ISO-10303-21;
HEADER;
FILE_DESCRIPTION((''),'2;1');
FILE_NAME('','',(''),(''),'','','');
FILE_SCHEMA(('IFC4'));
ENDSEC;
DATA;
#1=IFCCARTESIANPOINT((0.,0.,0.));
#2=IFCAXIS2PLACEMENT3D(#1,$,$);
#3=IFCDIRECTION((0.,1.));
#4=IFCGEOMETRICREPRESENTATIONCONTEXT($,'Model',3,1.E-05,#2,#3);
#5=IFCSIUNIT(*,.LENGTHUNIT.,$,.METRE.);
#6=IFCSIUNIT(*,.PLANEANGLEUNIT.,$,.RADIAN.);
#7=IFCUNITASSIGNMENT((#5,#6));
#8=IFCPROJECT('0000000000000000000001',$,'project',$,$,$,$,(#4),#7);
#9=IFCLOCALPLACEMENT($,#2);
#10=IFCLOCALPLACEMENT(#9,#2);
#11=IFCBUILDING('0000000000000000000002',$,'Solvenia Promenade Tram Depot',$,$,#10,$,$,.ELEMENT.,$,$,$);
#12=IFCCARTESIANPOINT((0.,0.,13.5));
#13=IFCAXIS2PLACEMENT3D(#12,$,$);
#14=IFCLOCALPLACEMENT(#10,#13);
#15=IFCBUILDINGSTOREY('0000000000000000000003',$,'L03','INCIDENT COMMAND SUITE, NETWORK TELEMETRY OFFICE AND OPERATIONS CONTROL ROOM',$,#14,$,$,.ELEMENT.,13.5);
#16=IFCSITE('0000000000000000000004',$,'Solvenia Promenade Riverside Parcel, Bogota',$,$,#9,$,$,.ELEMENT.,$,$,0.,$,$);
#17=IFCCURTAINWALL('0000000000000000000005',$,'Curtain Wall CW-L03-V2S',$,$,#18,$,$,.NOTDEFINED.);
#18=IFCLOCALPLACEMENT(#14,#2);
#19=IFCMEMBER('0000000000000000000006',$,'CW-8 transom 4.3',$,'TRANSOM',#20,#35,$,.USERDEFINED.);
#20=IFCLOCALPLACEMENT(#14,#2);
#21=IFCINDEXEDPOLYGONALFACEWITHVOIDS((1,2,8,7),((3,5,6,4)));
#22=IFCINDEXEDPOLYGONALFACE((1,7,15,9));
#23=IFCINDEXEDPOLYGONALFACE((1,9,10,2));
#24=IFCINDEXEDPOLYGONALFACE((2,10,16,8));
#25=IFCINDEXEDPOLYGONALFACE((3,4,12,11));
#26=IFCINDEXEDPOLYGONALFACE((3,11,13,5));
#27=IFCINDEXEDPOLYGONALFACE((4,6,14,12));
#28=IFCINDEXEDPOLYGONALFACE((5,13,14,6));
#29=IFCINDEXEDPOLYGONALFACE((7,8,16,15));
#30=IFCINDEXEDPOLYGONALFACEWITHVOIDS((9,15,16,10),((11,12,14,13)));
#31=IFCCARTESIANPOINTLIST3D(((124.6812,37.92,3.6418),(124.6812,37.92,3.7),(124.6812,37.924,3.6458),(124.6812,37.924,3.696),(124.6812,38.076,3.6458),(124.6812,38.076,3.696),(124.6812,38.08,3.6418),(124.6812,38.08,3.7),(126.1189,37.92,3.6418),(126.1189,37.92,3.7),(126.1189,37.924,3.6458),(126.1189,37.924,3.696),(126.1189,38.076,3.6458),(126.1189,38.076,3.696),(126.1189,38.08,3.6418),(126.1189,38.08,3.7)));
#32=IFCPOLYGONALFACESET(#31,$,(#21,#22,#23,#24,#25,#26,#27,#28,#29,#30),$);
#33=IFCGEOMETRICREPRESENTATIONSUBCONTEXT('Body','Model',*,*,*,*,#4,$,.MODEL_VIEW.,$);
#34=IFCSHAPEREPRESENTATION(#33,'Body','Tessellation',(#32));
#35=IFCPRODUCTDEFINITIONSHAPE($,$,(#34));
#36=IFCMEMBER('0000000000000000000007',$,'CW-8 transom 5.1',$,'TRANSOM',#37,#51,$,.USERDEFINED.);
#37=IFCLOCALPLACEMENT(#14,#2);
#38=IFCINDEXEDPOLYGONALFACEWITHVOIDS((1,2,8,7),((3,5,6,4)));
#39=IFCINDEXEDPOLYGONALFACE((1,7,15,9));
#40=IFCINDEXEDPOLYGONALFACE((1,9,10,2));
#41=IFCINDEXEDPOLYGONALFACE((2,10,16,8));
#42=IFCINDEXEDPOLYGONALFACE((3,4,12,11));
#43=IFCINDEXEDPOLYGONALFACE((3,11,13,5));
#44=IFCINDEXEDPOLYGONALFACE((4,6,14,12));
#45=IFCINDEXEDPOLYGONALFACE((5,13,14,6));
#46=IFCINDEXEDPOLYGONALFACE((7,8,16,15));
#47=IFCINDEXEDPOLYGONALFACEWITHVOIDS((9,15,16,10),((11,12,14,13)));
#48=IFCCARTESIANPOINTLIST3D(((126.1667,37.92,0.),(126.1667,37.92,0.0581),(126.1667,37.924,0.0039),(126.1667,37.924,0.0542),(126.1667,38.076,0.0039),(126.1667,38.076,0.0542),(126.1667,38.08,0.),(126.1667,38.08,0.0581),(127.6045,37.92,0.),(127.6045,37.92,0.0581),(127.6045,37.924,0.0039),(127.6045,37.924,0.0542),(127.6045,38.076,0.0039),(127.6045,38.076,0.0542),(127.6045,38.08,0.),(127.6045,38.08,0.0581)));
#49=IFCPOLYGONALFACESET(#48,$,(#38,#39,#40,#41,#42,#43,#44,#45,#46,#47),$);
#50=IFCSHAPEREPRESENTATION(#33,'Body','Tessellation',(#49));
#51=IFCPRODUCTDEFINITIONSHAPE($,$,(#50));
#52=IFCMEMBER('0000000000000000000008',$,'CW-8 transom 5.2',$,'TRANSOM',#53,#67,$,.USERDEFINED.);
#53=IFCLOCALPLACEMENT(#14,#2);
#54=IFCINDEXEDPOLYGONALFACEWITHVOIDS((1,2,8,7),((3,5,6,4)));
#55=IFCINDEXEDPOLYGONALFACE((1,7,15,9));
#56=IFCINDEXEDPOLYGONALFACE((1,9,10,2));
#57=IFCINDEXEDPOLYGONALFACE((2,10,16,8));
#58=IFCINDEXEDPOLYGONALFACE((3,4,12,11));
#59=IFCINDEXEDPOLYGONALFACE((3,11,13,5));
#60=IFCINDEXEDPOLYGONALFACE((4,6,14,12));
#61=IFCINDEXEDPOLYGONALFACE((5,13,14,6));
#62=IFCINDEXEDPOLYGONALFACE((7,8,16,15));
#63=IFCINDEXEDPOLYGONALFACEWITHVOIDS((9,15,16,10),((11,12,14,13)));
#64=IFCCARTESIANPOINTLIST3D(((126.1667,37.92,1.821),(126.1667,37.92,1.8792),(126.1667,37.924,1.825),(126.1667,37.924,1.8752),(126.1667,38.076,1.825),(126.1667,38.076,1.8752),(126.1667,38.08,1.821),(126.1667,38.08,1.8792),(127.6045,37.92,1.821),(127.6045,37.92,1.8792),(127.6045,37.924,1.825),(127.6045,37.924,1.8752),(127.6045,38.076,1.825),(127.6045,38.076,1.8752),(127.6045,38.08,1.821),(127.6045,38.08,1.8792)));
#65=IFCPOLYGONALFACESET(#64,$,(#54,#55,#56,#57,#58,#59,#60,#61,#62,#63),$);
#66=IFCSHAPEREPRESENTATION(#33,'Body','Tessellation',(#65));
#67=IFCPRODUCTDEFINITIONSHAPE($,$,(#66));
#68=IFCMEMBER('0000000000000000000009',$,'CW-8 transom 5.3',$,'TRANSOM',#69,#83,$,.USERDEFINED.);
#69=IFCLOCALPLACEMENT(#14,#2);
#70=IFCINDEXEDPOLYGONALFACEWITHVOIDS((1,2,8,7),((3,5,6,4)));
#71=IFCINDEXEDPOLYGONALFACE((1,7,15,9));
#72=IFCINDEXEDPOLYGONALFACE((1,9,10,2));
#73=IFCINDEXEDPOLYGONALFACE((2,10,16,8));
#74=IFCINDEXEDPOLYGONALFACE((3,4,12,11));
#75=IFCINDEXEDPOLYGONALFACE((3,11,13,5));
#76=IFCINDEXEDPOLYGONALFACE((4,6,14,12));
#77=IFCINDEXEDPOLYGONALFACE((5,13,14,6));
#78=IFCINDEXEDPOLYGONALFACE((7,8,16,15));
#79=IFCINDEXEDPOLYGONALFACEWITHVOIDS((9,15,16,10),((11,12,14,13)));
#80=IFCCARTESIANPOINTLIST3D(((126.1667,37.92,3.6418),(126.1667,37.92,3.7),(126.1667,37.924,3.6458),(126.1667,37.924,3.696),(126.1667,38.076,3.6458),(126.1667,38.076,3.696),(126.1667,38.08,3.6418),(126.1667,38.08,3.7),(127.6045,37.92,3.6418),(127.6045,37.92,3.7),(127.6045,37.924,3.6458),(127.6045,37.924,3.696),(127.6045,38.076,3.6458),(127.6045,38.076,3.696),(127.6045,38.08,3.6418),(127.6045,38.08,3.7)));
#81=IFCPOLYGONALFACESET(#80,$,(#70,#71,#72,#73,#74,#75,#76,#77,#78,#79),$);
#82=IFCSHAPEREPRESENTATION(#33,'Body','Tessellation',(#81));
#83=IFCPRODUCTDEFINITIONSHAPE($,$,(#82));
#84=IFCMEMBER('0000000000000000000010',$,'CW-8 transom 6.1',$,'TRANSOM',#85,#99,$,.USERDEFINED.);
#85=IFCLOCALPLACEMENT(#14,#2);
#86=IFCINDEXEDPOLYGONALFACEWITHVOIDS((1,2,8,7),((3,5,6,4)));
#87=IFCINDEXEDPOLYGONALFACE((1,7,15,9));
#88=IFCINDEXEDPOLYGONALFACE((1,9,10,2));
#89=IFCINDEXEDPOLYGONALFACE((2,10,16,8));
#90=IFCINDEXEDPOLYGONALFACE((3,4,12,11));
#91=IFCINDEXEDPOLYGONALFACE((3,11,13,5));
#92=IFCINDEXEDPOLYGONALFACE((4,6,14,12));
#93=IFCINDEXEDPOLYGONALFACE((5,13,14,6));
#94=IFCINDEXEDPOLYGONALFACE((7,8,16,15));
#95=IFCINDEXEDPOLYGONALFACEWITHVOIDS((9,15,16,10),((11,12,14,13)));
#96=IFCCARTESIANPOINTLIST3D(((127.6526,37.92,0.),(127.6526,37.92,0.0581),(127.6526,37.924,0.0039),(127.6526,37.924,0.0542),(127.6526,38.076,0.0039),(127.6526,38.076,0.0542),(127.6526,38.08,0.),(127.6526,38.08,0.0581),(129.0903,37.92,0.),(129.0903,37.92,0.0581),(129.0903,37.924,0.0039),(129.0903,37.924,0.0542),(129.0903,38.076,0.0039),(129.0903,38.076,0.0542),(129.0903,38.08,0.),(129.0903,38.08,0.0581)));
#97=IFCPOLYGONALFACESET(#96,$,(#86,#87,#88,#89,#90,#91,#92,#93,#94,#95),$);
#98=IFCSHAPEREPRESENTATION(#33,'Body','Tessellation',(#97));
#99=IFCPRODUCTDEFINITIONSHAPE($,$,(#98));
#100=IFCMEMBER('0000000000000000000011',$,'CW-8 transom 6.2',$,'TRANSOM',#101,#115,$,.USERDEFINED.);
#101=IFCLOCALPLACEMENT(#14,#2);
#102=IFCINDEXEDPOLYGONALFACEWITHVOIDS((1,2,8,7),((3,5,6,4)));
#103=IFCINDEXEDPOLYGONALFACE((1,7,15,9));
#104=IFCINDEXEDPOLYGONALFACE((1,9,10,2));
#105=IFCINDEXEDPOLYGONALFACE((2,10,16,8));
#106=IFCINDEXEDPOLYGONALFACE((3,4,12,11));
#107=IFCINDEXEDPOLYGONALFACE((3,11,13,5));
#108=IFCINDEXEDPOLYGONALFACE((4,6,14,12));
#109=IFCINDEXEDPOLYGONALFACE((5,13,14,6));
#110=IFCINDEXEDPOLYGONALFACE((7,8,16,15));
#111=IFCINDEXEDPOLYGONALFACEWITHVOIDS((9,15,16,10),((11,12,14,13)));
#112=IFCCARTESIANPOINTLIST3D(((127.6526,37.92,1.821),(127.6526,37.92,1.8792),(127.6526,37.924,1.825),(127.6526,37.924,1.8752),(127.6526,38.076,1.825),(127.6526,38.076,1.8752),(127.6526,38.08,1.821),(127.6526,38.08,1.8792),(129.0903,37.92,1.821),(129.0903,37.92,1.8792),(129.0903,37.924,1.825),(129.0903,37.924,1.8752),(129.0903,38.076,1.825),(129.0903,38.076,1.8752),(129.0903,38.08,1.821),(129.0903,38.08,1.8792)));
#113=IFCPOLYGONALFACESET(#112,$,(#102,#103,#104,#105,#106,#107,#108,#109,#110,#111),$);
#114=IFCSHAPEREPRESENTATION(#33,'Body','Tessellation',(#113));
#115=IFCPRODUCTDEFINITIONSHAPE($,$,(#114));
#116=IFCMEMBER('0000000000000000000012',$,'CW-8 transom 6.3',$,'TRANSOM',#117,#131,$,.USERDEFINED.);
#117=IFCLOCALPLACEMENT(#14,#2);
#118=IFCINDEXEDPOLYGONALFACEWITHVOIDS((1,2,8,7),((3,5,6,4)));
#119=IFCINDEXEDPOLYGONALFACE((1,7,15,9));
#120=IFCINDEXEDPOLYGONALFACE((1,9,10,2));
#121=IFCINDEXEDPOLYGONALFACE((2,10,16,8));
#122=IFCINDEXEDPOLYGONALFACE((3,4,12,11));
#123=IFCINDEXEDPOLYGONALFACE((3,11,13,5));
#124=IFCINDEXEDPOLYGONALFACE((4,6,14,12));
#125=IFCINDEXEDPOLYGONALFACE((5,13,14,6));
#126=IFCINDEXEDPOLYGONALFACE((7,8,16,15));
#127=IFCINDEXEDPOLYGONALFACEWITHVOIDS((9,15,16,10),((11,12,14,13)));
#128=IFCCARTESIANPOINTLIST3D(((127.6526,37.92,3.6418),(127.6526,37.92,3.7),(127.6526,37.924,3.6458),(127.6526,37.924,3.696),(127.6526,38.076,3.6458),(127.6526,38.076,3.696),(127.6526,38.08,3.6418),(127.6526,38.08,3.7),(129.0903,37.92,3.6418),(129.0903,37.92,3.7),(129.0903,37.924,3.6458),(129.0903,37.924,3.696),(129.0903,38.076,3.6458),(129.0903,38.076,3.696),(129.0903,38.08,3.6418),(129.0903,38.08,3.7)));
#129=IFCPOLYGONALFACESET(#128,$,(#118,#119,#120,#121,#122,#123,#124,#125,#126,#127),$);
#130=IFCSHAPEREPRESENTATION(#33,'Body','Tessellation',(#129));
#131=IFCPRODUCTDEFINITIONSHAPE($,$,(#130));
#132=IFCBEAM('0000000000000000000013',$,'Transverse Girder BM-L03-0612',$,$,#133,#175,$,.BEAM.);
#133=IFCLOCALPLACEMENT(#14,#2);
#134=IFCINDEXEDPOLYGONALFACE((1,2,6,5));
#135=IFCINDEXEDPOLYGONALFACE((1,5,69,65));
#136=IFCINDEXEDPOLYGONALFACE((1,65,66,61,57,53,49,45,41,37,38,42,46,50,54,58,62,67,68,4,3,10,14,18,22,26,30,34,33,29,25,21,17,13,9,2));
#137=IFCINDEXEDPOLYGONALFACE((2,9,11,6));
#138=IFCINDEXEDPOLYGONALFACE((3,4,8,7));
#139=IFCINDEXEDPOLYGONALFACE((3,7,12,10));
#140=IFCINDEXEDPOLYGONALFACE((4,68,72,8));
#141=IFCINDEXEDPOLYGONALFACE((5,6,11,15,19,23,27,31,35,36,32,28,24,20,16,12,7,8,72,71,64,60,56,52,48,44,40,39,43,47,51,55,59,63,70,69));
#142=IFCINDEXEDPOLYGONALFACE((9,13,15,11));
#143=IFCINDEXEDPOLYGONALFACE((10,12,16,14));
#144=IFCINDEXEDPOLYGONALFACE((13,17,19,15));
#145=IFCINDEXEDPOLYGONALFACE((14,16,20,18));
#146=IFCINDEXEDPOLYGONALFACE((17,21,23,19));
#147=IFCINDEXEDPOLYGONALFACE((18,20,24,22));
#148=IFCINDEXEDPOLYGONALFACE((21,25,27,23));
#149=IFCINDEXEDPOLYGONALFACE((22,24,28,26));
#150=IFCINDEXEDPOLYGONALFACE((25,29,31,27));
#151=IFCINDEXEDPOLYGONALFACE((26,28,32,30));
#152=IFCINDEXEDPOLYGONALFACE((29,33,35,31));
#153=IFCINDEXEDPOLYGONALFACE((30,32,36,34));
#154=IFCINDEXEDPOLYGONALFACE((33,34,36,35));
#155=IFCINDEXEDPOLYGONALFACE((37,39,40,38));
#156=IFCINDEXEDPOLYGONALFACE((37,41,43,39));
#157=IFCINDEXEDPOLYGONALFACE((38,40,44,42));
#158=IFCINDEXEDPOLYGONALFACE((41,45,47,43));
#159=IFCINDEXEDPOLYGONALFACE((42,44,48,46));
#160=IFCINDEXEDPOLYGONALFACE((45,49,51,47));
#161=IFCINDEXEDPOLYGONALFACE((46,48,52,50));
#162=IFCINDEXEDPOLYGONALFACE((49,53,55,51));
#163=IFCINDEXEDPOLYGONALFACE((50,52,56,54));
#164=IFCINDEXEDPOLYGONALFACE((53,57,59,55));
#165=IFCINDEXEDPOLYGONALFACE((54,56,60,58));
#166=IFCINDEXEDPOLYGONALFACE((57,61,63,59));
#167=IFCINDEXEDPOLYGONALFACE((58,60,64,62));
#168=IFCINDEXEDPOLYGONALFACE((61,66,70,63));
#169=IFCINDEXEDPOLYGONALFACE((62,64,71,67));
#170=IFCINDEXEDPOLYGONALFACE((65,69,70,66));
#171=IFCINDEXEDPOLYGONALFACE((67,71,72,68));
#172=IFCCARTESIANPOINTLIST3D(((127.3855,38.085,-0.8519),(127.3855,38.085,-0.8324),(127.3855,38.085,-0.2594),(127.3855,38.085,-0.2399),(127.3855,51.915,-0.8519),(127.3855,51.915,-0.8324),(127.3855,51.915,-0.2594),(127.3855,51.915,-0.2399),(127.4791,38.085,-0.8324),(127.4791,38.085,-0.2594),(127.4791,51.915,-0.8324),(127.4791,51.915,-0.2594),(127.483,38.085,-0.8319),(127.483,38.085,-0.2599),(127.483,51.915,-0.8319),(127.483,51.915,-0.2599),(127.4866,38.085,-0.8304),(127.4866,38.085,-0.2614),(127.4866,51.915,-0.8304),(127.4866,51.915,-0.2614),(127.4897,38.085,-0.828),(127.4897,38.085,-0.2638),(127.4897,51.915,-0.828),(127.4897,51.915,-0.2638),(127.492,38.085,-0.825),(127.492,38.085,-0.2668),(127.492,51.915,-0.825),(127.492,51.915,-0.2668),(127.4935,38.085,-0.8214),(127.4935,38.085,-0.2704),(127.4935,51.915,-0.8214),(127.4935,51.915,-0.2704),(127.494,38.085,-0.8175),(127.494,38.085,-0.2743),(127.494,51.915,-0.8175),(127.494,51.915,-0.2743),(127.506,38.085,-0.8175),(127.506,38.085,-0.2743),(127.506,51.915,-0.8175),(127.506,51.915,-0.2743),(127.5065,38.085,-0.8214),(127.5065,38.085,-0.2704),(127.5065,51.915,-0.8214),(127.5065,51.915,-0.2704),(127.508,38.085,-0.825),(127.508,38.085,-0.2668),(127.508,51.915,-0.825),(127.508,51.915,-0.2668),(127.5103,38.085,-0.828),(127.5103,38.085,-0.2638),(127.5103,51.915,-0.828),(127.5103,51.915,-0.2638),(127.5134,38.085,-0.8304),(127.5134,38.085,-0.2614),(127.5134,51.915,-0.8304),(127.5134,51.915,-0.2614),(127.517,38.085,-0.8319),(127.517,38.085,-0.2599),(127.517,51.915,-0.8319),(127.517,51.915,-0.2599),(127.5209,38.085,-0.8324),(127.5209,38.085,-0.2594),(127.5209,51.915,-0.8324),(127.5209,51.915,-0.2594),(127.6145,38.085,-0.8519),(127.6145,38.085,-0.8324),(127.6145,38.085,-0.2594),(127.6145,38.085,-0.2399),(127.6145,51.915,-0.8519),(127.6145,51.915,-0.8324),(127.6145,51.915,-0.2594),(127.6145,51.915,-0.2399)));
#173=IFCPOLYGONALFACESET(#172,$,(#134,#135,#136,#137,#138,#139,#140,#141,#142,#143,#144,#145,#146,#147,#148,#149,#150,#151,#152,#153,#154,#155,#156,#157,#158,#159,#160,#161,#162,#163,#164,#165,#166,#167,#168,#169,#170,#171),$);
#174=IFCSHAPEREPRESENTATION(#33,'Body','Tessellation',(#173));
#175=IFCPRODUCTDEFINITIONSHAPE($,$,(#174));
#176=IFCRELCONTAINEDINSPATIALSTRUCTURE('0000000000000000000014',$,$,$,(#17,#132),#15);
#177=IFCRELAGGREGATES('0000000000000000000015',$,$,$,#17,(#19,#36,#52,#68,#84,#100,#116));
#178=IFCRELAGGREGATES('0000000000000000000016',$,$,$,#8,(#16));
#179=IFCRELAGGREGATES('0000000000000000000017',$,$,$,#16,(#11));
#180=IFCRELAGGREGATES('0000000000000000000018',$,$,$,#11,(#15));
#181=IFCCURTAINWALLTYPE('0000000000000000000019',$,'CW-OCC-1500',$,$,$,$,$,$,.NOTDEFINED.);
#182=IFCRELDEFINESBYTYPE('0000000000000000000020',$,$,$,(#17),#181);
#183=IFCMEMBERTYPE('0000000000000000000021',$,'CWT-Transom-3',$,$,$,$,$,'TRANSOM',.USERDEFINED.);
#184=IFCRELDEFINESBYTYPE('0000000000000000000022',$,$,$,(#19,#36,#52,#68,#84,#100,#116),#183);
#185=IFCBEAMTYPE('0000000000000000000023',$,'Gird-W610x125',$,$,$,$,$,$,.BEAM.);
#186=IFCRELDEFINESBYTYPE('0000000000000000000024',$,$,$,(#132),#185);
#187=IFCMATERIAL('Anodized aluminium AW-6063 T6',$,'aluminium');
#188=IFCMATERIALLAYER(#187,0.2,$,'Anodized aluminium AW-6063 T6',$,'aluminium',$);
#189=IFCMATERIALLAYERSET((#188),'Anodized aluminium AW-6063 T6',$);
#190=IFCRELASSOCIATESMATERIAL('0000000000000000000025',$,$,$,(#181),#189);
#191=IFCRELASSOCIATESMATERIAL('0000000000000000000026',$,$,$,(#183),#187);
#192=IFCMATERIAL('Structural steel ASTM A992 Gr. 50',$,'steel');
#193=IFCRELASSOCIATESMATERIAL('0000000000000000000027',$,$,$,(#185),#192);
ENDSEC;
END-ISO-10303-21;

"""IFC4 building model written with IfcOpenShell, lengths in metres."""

from ifc_helpers import new_model, si_unit, direction, frame, origin, origin_2d, place, context, subcontext, project, spatial, hollow_rectangle, i_section, extrude, material, layer, layer_set, material_profile, profile_set, type_object, element, aggregate, save


model = new_model("IFC4")

# Units and contexts
model_context = context("Model", 3, precision=1e-05, world=origin(), true_north=direction((0.0, 1.0)))
body_context = subcontext(model_context, "Body", "Model", "MODEL_VIEW")
ifc_project = project(units=[si_unit("LENGTHUNIT", "METRE"), si_unit("PLANEANGLEUNIT", "RADIAN")], contexts=[model_context])

# Site, building, storey
site_placement = place(None, origin())
site = spatial("IfcSite", under=ifc_project, at=site_placement, Name="Solvenia Promenade Riverside Parcel, Bogota", CompositionType="ELEMENT", RefElevation=0.0)
building_placement = place(site_placement, origin())
building = spatial("IfcBuilding", under=site, at=building_placement, Name="Solvenia Promenade Tram Depot", CompositionType="ELEMENT")
storey_placement = place(building_placement, frame((0.0, 0.0, 13.5)))
storey = spatial("IfcBuildingStorey", under=building, at=storey_placement, Name="L03", Description="INCIDENT COMMAND SUITE, NETWORK TELEMETRY OFFICE AND OPERATIONS CONTROL ROOM", CompositionType="ELEMENT", Elevation=13.5)

# Shared definitions
ifc_material_1 = material(Name="Structural steel ASTM A992 Gr. 50", Category="steel")

# Curtain wall, members
ifc_material_2 = material(Name="Anodized aluminium AW-6063 T6", Category="aluminium")
ifc_layer_1 = layer(ifc_material_2, 0.2, Name="Anodized aluminium AW-6063 T6", Category="aluminium")
ifc_layer_set_1 = layer_set([ifc_layer_1], Name="Anodized aluminium AW-6063 T6")
curtain_wall_type = type_object("IfcCurtainWallType", Name="CW-OCC-1500", PredefinedType="NOTDEFINED", material=ifc_layer_set_1)
curtain_wall_placement = place(storey_placement, origin())
curtain_wall = element("IfcCurtainWall", 1, at=curtain_wall_placement, inside=storey, type_object=curtain_wall_type, Name="Curtain Wall CW-L03-V2S", PredefinedType="NOTDEFINED")
ifc_material_profile_1 = material_profile(ifc_material_2, hollow_rectangle(XDim=0.1599, YDim=0.0581, WallThickness=0.0039, at=origin_2d()), Name="ALU-T3", Category="aluminium")
ifc_profile_set_1 = profile_set([ifc_material_profile_1], Name="Anodized aluminium AW-6063 T6")
member_type_1 = type_object("IfcMemberType", Name="CWT-Transom-3", ElementType="TRANSOM", PredefinedType="USERDEFINED", material=ifc_profile_set_1)
member_1_placement = place(storey_placement, frame((124.6812, 38.0, 3.6709), z_axis=(1.0, 0.0, 0.0), x_axis=(0.0, 1.0, 0.0)))
member_1 = element("IfcMember", 2, at=member_1_placement, type_object=member_type_1, Name="CW-8 transom 4.3", ObjectType="TRANSOM", PredefinedType="USERDEFINED", context=body_context, shape_type="SweptSolid", body=[
    extrude(hollow_rectangle(XDim=0.1599, YDim=0.0581, WallThickness=0.0039, at=origin_2d()), origin(), (0.0, 0.0, 1.0), 1.4377),
])
member_2_placement = place(storey_placement, frame((126.1667, 38.0, 0.0291), z_axis=(1.0, 0.0, 0.0), x_axis=(0.0, 1.0, 0.0)))
member_2 = element("IfcMember", 3, at=member_2_placement, type_object=member_type_1, Name="CW-8 transom 5.1", ObjectType="TRANSOM", PredefinedType="USERDEFINED", context=body_context, shape_type="SweptSolid", body=[
    extrude(hollow_rectangle(XDim=0.1599, YDim=0.0581, WallThickness=0.0039, at=origin_2d()), origin(), (0.0, 0.0, 1.0), 1.4377),
])
member_3_placement = place(storey_placement, frame((126.1667, 38.0, 1.8501), z_axis=(1.0, 0.0, 0.0), x_axis=(0.0, 1.0, 0.0)))
member_3 = element("IfcMember", 4, at=member_3_placement, type_object=member_type_1, Name="CW-8 transom 5.2", ObjectType="TRANSOM", PredefinedType="USERDEFINED", context=body_context, shape_type="SweptSolid", body=[
    extrude(hollow_rectangle(XDim=0.1599, YDim=0.0581, WallThickness=0.0039, at=origin_2d()), origin(), (0.0, 0.0, 1.0), 1.4377),
])
member_4_placement = place(storey_placement, frame((126.1667, 38.0, 3.6709), z_axis=(1.0, 0.0, 0.0), x_axis=(0.0, 1.0, 0.0)))
member_4 = element("IfcMember", 5, at=member_4_placement, type_object=member_type_1, Name="CW-8 transom 5.3", ObjectType="TRANSOM", PredefinedType="USERDEFINED", context=body_context, shape_type="SweptSolid", body=[
    extrude(hollow_rectangle(XDim=0.1599, YDim=0.0581, WallThickness=0.0039, at=origin_2d()), origin(), (0.0, 0.0, 1.0), 1.4377),
])
member_5_placement = place(storey_placement, frame((127.6526, 38.0, 0.0291), z_axis=(1.0, 0.0, 0.0), x_axis=(0.0, 1.0, 0.0)))
member_5 = element("IfcMember", 6, at=member_5_placement, type_object=member_type_1, Name="CW-8 transom 6.1", ObjectType="TRANSOM", PredefinedType="USERDEFINED", context=body_context, shape_type="SweptSolid", body=[
    extrude(hollow_rectangle(XDim=0.1599, YDim=0.0581, WallThickness=0.0039, at=origin_2d()), origin(), (0.0, 0.0, 1.0), 1.4377),
])
member_6_placement = place(storey_placement, frame((127.6526, 38.0, 1.8501), z_axis=(1.0, 0.0, 0.0), x_axis=(0.0, 1.0, 0.0)))
member_6 = element("IfcMember", 7, at=member_6_placement, type_object=member_type_1, Name="CW-8 transom 6.2", ObjectType="TRANSOM", PredefinedType="USERDEFINED", context=body_context, shape_type="SweptSolid", body=[
    extrude(hollow_rectangle(XDim=0.1599, YDim=0.0581, WallThickness=0.0039, at=origin_2d()), origin(), (0.0, 0.0, 1.0), 1.4377),
])
member_7_placement = place(storey_placement, frame((127.6526, 38.0, 3.6709), z_axis=(1.0, 0.0, 0.0), x_axis=(0.0, 1.0, 0.0)))
member_7 = element("IfcMember", 8, at=member_7_placement, type_object=member_type_1, Name="CW-8 transom 6.3", ObjectType="TRANSOM", PredefinedType="USERDEFINED", context=body_context, shape_type="SweptSolid", body=[
    extrude(hollow_rectangle(XDim=0.1599, YDim=0.0581, WallThickness=0.0039, at=origin_2d()), origin(), (0.0, 0.0, 1.0), 1.4377),
])

# Beam
ifc_material_profile_2 = material_profile(ifc_material_1, i_section(OverallWidth=0.229, OverallDepth=0.6121, WebThickness=0.012, FlangeThickness=0.0195, FilletRadius=0.0149, at=origin_2d()), Name="W610x125", Category="steel")
ifc_profile_set_2 = profile_set([ifc_material_profile_2], Name="Structural steel ASTM A992 Gr. 50")
beam_type_1 = type_object("IfcBeamType", Name="Gird-W610x125", PredefinedType="BEAM", material=ifc_profile_set_2)
beam_1_placement = place(storey_placement, frame((127.5, 38.085, -0.5459), z_axis=(0.0, 1.0, 0.0), x_axis=(-1.0, 0.0, 0.0)))
element("IfcBeam", 9, at=beam_1_placement, inside=storey, type_object=beam_type_1, Name="Transverse Girder BM-L03-0612", PredefinedType="BEAM", context=body_context, shape_type="SweptSolid", body=[
    extrude(i_section(OverallWidth=0.229, OverallDepth=0.6121, WebThickness=0.012, FlangeThickness=0.0195, FilletRadius=0.0149, at=origin_2d()), origin(), (0.0, 0.0, 1.0), 13.8301),
])

aggregate(curtain_wall, [member_1, member_2, member_3, member_4, member_5, member_6, member_7])

save(model, "model.ifc")
